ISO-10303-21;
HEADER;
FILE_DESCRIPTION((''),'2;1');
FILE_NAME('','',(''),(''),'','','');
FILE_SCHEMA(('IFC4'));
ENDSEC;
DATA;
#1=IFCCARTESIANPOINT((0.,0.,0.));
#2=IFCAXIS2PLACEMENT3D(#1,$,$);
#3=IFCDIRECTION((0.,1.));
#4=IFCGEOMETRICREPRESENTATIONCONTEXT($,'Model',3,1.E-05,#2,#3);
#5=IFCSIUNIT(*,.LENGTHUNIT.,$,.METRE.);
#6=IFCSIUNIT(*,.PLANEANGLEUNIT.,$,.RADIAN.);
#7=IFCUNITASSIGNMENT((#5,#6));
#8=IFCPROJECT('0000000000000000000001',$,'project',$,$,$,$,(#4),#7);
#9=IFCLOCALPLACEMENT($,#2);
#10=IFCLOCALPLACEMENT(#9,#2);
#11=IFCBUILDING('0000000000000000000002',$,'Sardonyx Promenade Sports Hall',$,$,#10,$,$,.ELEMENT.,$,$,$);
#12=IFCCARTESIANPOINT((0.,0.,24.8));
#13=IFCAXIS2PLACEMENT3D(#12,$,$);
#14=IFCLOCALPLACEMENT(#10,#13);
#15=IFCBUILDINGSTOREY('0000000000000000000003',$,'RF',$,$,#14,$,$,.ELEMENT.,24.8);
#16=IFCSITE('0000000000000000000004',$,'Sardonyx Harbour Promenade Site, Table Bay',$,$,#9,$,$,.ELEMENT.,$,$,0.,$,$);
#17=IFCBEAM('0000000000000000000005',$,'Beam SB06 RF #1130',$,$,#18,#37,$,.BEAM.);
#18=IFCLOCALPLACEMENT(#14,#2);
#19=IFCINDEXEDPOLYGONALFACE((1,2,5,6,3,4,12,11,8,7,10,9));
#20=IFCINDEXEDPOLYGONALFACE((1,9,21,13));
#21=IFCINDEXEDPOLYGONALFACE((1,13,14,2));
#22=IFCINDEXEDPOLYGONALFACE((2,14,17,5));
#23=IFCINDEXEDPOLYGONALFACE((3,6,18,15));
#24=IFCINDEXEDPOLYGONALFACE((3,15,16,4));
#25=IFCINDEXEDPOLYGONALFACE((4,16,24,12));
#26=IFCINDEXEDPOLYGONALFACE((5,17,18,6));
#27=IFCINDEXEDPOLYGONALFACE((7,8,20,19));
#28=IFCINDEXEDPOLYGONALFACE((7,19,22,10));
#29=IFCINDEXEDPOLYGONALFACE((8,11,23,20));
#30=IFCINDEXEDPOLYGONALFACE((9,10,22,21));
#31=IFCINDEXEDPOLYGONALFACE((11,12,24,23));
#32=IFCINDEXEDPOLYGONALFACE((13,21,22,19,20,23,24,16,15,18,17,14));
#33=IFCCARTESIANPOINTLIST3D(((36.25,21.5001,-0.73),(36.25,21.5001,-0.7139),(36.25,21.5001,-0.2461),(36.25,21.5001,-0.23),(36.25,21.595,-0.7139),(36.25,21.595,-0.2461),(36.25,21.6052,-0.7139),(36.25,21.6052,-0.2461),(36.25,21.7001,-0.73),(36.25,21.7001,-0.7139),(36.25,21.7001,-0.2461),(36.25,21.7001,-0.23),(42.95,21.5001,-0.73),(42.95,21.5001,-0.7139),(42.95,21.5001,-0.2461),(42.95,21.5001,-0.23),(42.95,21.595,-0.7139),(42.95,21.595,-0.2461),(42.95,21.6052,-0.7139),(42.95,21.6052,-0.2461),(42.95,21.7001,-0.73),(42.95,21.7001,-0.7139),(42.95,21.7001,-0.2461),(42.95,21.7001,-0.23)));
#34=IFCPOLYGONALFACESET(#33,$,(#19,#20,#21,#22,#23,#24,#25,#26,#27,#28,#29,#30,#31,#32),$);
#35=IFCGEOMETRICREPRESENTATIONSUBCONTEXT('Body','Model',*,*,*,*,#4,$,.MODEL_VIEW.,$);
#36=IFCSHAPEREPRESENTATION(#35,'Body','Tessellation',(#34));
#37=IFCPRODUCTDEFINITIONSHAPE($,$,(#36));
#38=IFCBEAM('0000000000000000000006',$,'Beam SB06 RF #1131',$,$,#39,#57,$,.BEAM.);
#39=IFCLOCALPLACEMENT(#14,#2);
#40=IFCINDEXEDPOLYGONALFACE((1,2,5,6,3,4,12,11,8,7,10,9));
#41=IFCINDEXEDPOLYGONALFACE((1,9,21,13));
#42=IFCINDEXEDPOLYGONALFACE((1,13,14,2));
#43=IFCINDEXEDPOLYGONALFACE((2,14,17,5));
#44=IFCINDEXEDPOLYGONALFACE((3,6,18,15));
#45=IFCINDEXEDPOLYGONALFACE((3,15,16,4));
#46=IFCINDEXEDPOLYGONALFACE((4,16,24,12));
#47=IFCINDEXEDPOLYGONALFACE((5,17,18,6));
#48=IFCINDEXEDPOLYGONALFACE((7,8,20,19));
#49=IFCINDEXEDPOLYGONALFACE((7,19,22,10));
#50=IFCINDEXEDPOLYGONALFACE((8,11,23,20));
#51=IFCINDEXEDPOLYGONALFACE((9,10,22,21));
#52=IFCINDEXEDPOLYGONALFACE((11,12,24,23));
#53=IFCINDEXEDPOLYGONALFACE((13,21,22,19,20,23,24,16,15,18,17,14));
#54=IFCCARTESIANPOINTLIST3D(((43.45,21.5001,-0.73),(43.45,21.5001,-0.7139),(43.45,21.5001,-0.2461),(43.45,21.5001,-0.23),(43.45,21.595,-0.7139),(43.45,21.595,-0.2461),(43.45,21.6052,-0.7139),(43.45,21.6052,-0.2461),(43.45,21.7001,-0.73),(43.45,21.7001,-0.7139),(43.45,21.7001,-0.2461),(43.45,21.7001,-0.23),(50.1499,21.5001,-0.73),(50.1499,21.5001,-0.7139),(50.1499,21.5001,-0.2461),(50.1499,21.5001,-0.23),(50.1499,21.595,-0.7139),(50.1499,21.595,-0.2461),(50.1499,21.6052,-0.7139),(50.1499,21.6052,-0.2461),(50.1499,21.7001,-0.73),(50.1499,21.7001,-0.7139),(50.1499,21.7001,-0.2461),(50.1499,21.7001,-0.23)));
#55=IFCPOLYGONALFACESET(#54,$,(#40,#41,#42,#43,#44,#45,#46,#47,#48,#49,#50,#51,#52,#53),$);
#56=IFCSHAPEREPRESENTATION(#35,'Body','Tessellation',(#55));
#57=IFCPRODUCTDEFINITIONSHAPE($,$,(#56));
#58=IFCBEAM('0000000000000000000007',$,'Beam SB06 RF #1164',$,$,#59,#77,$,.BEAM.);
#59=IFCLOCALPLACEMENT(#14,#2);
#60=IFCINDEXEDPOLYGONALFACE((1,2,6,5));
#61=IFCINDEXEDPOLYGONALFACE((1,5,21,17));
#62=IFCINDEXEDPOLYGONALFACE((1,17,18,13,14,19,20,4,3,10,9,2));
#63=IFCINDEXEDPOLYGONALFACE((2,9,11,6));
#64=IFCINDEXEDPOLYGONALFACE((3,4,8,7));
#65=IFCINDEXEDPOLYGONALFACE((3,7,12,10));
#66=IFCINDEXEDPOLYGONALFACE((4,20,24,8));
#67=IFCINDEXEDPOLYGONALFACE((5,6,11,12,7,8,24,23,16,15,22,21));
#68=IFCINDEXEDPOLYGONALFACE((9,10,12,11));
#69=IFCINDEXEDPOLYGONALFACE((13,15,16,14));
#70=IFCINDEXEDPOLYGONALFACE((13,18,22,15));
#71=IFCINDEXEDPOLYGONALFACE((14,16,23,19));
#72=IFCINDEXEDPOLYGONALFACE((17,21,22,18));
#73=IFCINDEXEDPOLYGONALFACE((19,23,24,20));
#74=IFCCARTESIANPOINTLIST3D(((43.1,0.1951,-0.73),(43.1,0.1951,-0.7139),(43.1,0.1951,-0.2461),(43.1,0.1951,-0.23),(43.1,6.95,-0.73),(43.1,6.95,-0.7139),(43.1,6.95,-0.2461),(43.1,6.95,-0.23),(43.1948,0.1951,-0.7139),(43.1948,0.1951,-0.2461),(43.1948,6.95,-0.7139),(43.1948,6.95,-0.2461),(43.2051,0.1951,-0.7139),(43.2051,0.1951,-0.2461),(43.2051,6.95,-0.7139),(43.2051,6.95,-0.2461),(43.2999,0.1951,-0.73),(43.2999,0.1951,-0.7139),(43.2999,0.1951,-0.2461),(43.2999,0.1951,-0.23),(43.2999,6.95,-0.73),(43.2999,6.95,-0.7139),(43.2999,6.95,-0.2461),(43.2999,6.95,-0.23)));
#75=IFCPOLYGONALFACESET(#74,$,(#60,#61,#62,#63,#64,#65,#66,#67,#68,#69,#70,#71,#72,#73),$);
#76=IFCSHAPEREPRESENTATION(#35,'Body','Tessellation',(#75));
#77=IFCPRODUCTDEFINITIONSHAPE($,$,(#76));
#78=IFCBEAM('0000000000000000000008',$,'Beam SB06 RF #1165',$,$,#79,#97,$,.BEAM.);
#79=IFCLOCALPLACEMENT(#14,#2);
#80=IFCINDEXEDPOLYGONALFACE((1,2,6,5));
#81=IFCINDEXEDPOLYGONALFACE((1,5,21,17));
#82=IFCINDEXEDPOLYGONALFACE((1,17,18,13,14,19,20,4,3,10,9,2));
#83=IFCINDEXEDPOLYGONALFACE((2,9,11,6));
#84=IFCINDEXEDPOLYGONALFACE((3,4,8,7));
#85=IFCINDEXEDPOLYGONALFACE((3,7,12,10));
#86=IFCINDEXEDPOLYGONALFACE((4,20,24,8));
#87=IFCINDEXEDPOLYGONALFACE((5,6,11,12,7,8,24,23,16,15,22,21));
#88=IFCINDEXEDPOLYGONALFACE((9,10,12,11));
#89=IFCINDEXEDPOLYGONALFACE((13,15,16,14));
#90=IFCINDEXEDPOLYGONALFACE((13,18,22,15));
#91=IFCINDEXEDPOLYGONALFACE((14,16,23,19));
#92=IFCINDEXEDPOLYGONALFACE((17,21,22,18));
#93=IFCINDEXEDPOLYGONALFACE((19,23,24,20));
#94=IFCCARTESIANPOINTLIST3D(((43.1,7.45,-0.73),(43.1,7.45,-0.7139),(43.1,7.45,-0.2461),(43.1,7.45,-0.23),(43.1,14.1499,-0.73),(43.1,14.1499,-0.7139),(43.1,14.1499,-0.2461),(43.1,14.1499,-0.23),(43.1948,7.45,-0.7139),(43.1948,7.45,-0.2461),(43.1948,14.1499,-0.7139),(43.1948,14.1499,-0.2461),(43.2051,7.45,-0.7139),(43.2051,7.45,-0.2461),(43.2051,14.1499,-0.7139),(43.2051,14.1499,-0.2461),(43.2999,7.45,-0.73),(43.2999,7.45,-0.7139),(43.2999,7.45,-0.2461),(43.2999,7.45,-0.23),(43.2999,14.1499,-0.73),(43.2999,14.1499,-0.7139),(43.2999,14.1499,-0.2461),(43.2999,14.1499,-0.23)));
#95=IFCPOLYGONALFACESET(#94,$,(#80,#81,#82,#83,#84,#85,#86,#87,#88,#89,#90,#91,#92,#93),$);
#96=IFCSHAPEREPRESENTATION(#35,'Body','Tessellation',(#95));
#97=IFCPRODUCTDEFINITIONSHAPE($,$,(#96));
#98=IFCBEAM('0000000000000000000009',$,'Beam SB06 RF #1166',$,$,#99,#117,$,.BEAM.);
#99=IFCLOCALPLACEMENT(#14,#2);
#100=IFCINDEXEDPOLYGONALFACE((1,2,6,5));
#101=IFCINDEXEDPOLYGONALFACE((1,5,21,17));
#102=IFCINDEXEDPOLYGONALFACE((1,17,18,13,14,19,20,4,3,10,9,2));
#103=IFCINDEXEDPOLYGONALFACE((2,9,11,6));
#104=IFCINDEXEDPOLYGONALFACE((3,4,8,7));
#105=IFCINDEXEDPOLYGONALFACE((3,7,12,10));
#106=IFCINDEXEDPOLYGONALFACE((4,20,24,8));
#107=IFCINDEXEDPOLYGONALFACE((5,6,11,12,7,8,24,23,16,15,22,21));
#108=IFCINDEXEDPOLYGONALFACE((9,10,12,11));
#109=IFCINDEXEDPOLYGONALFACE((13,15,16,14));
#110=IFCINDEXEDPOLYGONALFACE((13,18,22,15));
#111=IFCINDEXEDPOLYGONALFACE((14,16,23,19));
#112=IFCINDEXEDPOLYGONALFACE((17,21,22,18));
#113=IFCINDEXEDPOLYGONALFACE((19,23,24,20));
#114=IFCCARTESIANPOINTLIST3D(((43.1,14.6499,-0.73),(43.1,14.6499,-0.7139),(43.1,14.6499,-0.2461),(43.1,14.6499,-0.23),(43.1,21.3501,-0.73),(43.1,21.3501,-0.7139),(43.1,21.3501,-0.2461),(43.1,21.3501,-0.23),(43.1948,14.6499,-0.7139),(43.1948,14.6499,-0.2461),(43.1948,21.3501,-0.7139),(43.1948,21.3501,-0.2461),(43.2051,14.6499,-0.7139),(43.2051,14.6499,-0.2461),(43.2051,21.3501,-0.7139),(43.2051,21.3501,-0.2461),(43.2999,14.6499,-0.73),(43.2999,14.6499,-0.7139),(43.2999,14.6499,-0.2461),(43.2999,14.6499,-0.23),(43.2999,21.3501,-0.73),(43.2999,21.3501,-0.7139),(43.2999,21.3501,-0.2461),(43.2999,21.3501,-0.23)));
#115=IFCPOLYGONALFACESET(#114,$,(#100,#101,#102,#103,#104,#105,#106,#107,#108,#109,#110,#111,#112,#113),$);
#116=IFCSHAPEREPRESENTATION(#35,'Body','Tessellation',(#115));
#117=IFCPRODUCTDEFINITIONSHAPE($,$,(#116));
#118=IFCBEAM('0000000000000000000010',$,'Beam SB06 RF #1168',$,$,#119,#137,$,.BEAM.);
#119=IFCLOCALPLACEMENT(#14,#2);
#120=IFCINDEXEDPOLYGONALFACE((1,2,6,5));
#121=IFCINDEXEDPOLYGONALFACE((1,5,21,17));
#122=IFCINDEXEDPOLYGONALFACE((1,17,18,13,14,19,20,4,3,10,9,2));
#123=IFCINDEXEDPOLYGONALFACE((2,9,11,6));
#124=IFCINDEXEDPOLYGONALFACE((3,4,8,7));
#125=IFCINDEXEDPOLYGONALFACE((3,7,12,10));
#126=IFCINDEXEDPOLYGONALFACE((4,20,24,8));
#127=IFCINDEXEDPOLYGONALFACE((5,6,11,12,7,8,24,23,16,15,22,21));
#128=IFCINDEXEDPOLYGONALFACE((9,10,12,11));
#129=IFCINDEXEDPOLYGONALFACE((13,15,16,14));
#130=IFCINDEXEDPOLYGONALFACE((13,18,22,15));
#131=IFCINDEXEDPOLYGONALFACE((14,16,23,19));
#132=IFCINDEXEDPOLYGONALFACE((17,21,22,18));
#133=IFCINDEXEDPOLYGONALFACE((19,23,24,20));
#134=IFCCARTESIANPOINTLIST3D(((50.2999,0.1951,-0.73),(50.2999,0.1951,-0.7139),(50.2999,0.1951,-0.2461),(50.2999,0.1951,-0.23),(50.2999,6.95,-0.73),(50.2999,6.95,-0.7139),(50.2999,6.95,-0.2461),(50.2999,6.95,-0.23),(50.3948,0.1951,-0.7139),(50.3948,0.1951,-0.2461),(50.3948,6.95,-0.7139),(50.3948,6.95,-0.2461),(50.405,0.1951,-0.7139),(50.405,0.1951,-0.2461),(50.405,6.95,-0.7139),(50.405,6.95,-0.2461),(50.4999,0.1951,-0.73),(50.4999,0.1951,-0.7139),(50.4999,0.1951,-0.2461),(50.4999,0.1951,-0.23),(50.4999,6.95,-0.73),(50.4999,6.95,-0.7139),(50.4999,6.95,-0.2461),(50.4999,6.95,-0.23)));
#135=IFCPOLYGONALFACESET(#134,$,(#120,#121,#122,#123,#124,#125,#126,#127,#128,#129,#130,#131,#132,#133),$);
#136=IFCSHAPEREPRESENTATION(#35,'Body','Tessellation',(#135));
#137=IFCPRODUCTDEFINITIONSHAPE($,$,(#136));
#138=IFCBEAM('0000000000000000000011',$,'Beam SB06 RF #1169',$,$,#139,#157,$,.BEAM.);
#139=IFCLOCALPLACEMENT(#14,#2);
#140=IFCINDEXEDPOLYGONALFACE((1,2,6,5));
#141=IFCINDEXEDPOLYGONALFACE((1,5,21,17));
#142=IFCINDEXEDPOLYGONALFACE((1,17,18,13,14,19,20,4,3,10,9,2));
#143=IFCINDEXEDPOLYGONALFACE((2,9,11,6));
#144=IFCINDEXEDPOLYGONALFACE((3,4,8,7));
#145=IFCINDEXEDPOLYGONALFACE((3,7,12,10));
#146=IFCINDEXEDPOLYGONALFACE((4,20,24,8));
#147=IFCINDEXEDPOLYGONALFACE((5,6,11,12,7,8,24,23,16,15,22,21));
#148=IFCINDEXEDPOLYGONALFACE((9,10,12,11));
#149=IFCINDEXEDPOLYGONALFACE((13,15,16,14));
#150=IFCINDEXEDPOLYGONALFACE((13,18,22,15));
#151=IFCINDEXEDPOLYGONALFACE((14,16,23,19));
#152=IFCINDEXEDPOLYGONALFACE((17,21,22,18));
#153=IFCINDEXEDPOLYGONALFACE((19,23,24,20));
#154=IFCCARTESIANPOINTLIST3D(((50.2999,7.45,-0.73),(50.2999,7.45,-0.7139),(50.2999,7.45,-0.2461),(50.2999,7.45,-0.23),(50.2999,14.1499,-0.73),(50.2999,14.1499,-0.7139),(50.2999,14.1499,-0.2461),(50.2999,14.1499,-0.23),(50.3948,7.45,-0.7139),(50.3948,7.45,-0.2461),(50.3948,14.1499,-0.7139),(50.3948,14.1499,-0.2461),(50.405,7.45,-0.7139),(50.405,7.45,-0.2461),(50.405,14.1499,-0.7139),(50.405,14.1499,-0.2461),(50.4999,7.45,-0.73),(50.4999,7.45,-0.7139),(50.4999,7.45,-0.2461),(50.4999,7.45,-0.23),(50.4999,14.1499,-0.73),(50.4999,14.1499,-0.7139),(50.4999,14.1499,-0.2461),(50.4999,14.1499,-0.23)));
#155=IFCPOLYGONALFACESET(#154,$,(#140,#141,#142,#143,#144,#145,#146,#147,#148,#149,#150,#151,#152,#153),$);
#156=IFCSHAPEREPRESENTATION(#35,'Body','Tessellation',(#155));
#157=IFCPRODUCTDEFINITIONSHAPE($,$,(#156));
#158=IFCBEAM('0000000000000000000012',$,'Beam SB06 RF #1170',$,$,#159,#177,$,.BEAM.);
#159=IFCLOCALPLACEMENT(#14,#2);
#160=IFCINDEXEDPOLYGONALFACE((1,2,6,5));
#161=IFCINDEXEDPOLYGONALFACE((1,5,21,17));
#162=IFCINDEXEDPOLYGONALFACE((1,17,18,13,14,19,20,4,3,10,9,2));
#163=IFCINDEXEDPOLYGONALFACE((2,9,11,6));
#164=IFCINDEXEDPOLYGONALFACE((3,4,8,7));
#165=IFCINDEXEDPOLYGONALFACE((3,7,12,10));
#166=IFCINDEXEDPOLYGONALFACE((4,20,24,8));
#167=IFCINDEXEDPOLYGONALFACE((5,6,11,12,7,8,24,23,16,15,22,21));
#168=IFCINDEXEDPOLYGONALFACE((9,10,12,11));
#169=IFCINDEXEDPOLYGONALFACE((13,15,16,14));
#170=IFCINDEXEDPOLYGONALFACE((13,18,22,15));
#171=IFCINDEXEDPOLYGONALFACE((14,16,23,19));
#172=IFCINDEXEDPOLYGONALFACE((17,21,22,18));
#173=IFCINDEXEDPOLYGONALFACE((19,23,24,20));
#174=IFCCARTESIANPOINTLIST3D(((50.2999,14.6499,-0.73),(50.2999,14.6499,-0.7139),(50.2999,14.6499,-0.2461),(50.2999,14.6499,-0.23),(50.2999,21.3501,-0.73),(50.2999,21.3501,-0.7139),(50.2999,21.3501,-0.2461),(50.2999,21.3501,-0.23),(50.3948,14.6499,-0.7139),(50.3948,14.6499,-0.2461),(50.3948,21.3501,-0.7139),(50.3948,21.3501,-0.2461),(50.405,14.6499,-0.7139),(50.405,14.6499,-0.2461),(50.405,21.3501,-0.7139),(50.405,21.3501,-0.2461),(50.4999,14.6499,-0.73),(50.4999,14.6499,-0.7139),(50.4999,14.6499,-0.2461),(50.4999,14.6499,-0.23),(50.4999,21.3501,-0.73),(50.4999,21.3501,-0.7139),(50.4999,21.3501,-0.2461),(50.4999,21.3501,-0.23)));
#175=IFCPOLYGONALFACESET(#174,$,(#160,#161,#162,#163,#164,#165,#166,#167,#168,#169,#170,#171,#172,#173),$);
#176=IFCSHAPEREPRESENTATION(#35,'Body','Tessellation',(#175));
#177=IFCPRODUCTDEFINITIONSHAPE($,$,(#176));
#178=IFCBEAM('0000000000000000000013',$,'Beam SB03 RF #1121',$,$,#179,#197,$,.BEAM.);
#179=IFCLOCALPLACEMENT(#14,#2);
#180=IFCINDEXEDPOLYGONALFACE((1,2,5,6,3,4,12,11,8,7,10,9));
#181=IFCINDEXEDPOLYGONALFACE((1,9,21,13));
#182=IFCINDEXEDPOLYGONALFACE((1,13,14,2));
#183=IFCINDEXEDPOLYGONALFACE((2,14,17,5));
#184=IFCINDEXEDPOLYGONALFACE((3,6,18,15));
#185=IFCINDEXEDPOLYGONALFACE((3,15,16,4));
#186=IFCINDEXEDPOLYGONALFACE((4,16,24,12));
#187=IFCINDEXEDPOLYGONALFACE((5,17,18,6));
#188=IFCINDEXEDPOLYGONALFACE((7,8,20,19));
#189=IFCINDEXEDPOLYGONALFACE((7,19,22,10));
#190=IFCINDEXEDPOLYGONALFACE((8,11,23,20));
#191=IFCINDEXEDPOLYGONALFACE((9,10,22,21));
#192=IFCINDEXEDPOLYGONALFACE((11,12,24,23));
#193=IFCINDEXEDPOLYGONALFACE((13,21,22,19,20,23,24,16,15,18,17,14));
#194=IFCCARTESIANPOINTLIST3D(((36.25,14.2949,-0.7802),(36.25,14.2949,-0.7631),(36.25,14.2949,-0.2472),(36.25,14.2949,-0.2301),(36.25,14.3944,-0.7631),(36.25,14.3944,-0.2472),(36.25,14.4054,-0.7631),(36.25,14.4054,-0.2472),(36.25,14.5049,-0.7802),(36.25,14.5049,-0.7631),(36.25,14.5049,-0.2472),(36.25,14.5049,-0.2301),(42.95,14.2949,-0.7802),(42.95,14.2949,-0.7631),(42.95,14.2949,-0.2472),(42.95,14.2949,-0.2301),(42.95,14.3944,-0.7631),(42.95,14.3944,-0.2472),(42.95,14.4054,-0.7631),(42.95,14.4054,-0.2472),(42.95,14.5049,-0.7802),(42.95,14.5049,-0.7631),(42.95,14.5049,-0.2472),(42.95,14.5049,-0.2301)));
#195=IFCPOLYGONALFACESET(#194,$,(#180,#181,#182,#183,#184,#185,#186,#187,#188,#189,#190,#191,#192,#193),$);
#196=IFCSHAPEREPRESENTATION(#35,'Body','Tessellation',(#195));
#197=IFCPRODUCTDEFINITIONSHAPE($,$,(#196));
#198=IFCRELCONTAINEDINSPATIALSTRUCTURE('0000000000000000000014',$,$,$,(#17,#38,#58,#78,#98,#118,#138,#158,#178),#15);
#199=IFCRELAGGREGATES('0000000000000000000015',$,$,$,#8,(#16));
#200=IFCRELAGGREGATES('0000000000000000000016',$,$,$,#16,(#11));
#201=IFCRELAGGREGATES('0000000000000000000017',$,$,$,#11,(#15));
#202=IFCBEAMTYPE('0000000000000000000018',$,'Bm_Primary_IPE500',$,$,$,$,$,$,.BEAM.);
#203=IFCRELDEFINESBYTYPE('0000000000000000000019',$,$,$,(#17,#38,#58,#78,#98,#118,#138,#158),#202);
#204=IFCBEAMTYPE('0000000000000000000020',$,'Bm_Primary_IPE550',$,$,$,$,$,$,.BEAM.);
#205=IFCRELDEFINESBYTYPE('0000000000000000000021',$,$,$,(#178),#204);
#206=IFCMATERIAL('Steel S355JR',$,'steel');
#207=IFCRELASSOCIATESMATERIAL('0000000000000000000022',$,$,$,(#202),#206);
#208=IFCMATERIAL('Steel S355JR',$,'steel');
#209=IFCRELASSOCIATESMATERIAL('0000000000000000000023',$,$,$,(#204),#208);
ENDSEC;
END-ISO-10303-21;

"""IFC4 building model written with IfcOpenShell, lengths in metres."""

from ifc_helpers import new_model, si_unit, direction, frame, origin, origin_2d, place, context, subcontext, project, spatial, i_section, extrude, material, material_profile, profile_set, type_object, element, save


model = new_model("IFC4")

# Units and contexts
model_context = context("Model", 3, precision=1e-05, world=origin(), true_north=direction((0.0, 1.0)))
body_context = subcontext(model_context, "Body", "Model", "MODEL_VIEW")
ifc_project = project(units=[si_unit("LENGTHUNIT", "METRE"), si_unit("PLANEANGLEUNIT", "RADIAN")], contexts=[model_context])

# Site, building, storey
site_placement = place(None, origin())
site = spatial("IfcSite", under=ifc_project, at=site_placement, Name="Sardonyx Harbour Promenade Site, Table Bay", CompositionType="ELEMENT", RefElevation=0.0)
building_placement = place(site_placement, origin())
building = spatial("IfcBuilding", under=site, at=building_placement, Name="Sardonyx Promenade Sports Hall", CompositionType="ELEMENT")
storey_placement = place(building_placement, frame((0.0, 0.0, 24.8)))
storey = spatial("IfcBuildingStorey", under=building, at=storey_placement, Name="RF", CompositionType="ELEMENT", Elevation=24.8)

# Beams
ifc_material_1 = material(Name="Steel S355JR", Category="steel")
ifc_material_profile_1 = material_profile(ifc_material_1, i_section(OverallWidth=0.2, OverallDepth=0.5, WebThickness=0.0103, FlangeThickness=0.0161, at=origin_2d()))
ifc_profile_set_1 = profile_set([ifc_material_profile_1], Name="Steel S355JR")
beam_type_1 = type_object("IfcBeamType", Name="Bm_Primary_IPE500", PredefinedType="BEAM", material=ifc_profile_set_1)
for number, where, z_axis, x_axis, name in (
    (1, (36.25, 21.6001, -0.48), (1.0, 0.0, 0.0), (0.0, 1.0, 0.0), "Beam SB06 RF #1130"),
    (2, (43.45, 21.6001, -0.48), (1.0, 0.0, 0.0), (0.0, 1.0, 0.0), "Beam SB06 RF #1131"),
):
    element("IfcBeam", number, at=place(storey_placement, frame(where, z_axis=z_axis, x_axis=x_axis)), inside=storey, type_object=beam_type_1, Name=name, PredefinedType="BEAM", context=body_context, shape_type="SweptSolid", body=[
        extrude(i_section(OverallWidth=0.2, OverallDepth=0.5, WebThickness=0.0103, FlangeThickness=0.0161, at=origin_2d()), origin(), (0.0, 0.0, 1.0), 6.7),
    ])
beam_1_placement = place(storey_placement, frame((43.2, 0.1951, -0.48), z_axis=(0.0, 1.0, 0.0), x_axis=(-1.0, 0.0, 0.0)))
element("IfcBeam", 3, at=beam_1_placement, inside=storey, type_object=beam_type_1, Name="Beam SB06 RF #1164", PredefinedType="BEAM", context=body_context, shape_type="SweptSolid", body=[
    extrude(i_section(OverallWidth=0.2, OverallDepth=0.5, WebThickness=0.0103, FlangeThickness=0.0161, at=origin_2d()), origin(), (0.0, 0.0, 1.0), 6.7549),
])
beam_2_placement = place(storey_placement, frame((43.2, 7.45, -0.48), z_axis=(0.0, 1.0, 0.0), x_axis=(-1.0, 0.0, 0.0)))
element("IfcBeam", 4, at=beam_2_placement, inside=storey, type_object=beam_type_1, Name="Beam SB06 RF #1165", PredefinedType="BEAM", context=body_context, shape_type="SweptSolid", body=[
    extrude(i_section(OverallWidth=0.2, OverallDepth=0.5, WebThickness=0.0103, FlangeThickness=0.0161, at=origin_2d()), origin(), (0.0, 0.0, 1.0), 6.7),
])
beam_3_placement = place(storey_placement, frame((43.2, 14.6499, -0.48), z_axis=(0.0, 1.0, 0.0), x_axis=(-1.0, 0.0, 0.0)))
element("IfcBeam", 5, at=beam_3_placement, inside=storey, type_object=beam_type_1, Name="Beam SB06 RF #1166", PredefinedType="BEAM", context=body_context, shape_type="SweptSolid", body=[
    extrude(i_section(OverallWidth=0.2, OverallDepth=0.5, WebThickness=0.0103, FlangeThickness=0.0161, at=origin_2d()), origin(), (0.0, 0.0, 1.0), 6.7002),
])
beam_4_placement = place(storey_placement, frame((50.3999, 0.1951, -0.48), z_axis=(0.0, 1.0, 0.0), x_axis=(-1.0, 0.0, 0.0)))
element("IfcBeam", 6, at=beam_4_placement, inside=storey, type_object=beam_type_1, Name="Beam SB06 RF #1168", PredefinedType="BEAM", context=body_context, shape_type="SweptSolid", body=[
    extrude(i_section(OverallWidth=0.2, OverallDepth=0.5, WebThickness=0.0103, FlangeThickness=0.0161, at=origin_2d()), origin(), (0.0, 0.0, 1.0), 6.7549),
])
beam_5_placement = place(storey_placement, frame((50.3999, 7.45, -0.48), z_axis=(0.0, 1.0, 0.0), x_axis=(-1.0, 0.0, 0.0)))
element("IfcBeam", 7, at=beam_5_placement, inside=storey, type_object=beam_type_1, Name="Beam SB06 RF #1169", PredefinedType="BEAM", context=body_context, shape_type="SweptSolid", body=[
    extrude(i_section(OverallWidth=0.2, OverallDepth=0.5, WebThickness=0.0103, FlangeThickness=0.0161, at=origin_2d()), origin(), (0.0, 0.0, 1.0), 6.7),
])
beam_6_placement = place(storey_placement, frame((50.3999, 14.6499, -0.48), z_axis=(0.0, 1.0, 0.0), x_axis=(-1.0, 0.0, 0.0)))
element("IfcBeam", 8, at=beam_6_placement, inside=storey, type_object=beam_type_1, Name="Beam SB06 RF #1170", PredefinedType="BEAM", context=body_context, shape_type="SweptSolid", body=[
    extrude(i_section(OverallWidth=0.2, OverallDepth=0.5, WebThickness=0.0103, FlangeThickness=0.0161, at=origin_2d()), origin(), (0.0, 0.0, 1.0), 6.7002),
])
ifc_material_2 = material(Name="Steel S355JR", Category="steel")
ifc_material_profile_2 = material_profile(ifc_material_2, i_section(OverallWidth=0.21, OverallDepth=0.55, WebThickness=0.011, FlangeThickness=0.0171, at=origin_2d()))
ifc_profile_set_2 = profile_set([ifc_material_profile_2], Name="Steel S355JR")
beam_type_2 = type_object("IfcBeamType", Name="Bm_Primary_IPE550", PredefinedType="BEAM", material=ifc_profile_set_2)
for number, where, z_axis, x_axis, name in (
    (9, (36.25, 14.3999, -0.5051), (1.0, 0.0, 0.0), (0.0, 1.0, 0.0), "Beam SB03 RF #1121"),
):
    element("IfcBeam", number, at=place(storey_placement, frame(where, z_axis=z_axis, x_axis=x_axis)), inside=storey, type_object=beam_type_2, Name=name, PredefinedType="BEAM", context=body_context, shape_type="SweptSolid", body=[
        extrude(i_section(OverallWidth=0.21, OverallDepth=0.55, WebThickness=0.011, FlangeThickness=0.0171, at=origin_2d()), origin(), (0.0, 0.0, 1.0), 6.7),
    ])

save(model, "model.ifc")
